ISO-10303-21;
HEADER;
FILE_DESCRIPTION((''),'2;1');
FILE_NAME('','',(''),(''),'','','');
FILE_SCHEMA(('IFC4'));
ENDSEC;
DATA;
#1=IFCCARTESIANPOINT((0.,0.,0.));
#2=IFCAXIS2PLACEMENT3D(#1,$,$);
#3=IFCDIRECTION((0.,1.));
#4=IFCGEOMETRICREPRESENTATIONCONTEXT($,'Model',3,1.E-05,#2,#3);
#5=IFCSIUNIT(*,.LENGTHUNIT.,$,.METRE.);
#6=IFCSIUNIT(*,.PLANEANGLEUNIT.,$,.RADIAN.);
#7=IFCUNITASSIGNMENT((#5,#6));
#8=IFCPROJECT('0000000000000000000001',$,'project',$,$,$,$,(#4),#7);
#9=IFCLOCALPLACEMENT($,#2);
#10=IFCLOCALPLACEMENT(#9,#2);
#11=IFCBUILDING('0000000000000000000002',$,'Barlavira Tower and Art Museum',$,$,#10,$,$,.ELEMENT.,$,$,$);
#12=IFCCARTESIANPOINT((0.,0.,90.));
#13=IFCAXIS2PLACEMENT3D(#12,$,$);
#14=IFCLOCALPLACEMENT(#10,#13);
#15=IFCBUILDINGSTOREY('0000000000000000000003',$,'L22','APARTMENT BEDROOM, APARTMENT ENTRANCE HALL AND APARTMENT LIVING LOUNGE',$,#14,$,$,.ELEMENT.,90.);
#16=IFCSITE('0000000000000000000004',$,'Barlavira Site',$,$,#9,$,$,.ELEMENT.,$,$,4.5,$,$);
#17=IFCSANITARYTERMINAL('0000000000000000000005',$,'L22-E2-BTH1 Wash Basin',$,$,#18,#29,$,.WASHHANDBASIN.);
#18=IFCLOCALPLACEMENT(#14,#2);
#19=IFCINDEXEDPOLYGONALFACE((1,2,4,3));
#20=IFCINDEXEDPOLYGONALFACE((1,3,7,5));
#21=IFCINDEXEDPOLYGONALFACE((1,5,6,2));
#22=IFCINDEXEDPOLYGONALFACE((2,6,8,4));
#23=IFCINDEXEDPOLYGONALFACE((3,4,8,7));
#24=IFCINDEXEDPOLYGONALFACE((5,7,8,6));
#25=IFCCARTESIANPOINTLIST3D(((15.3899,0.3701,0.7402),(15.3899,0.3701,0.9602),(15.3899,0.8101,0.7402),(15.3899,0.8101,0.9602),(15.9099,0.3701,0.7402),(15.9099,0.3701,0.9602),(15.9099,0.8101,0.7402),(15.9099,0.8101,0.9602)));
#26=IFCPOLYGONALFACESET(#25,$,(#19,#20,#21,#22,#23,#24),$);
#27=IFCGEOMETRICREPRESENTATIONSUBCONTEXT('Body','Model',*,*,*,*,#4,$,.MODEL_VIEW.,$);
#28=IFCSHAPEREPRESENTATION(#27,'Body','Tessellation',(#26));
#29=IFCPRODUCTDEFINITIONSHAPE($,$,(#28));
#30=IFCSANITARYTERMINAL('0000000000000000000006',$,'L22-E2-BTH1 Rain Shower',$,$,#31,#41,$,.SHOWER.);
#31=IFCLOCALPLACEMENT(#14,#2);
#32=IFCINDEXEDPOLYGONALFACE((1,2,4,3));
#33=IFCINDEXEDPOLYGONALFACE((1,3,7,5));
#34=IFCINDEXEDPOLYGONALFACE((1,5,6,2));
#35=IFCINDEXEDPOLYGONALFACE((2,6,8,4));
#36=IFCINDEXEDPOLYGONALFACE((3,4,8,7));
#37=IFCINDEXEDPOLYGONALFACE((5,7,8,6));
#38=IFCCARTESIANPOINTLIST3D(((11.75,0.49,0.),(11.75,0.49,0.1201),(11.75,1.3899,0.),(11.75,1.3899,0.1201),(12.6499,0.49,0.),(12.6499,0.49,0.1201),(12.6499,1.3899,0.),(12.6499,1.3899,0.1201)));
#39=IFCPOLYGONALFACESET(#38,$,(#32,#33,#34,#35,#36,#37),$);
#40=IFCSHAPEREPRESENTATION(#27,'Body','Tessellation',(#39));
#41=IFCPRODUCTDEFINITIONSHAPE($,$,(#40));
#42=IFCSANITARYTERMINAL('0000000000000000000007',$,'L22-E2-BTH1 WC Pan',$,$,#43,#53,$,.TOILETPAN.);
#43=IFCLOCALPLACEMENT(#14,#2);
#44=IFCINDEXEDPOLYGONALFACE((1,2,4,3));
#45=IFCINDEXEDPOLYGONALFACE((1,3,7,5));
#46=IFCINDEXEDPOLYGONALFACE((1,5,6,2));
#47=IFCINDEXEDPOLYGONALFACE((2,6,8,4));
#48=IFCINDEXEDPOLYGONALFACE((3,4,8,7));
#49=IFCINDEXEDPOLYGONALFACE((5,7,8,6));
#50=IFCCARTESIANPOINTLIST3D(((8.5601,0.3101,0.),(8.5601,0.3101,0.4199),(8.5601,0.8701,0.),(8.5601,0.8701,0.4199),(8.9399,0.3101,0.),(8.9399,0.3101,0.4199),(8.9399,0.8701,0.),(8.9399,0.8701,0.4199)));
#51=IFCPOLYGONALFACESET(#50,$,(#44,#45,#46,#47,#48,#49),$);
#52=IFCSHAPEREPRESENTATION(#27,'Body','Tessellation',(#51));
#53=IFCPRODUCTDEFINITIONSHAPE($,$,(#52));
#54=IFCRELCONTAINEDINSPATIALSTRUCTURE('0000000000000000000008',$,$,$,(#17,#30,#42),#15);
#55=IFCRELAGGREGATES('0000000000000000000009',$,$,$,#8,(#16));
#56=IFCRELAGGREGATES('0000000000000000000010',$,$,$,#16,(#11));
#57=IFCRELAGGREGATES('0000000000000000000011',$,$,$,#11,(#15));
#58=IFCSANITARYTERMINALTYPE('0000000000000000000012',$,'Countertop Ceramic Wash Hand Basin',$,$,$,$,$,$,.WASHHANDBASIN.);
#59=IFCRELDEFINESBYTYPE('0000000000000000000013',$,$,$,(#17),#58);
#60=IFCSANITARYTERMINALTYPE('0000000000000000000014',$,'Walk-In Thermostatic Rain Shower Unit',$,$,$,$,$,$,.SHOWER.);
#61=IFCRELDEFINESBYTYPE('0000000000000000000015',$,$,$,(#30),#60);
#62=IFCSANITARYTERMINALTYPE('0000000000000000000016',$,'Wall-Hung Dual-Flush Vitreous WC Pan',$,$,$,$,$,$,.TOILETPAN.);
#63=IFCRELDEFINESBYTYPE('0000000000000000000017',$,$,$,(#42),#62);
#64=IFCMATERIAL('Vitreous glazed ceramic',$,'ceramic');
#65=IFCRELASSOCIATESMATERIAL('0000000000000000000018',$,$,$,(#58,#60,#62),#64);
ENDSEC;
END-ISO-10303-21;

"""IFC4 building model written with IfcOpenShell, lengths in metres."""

from ifc_helpers import new_model, si_unit, direction, frame, origin, origin_2d, place, context, subcontext, project, spatial, rectangle, extrude, material, type_object, element, save


model = new_model("IFC4")

# Units and contexts
model_context = context("Model", 3, precision=1e-05, world=origin(), true_north=direction((0.0, 1.0)))
body_context = subcontext(model_context, "Body", "Model", "MODEL_VIEW")
ifc_project = project(units=[si_unit("LENGTHUNIT", "METRE"), si_unit("PLANEANGLEUNIT", "RADIAN")], contexts=[model_context])

# Site, building, storey
site_placement = place(None, origin())
site = spatial("IfcSite", under=ifc_project, at=site_placement, Name="Barlavira Site", CompositionType="ELEMENT", RefElevation=4.5)
building_placement = place(site_placement, origin())
building = spatial("IfcBuilding", under=site, at=building_placement, Name="Barlavira Tower and Art Museum", CompositionType="ELEMENT")
storey_placement = place(building_placement, frame((0.0, 0.0, 90.0)))
storey = spatial("IfcBuildingStorey", under=building, at=storey_placement, Name="L22", Description="APARTMENT BEDROOM, APARTMENT ENTRANCE HALL AND APARTMENT LIVING LOUNGE", CompositionType="ELEMENT", Elevation=90.0)

# Sanitary terminals
ifc_material_1 = material(Name="Vitreous glazed ceramic", Category="ceramic")
sanitary_terminal_type_1 = type_object("IfcSanitaryTerminalType", Name="Countertop Ceramic Wash Hand Basin", PredefinedType="WASHHANDBASIN", material=ifc_material_1)
sanitary_terminal_1_placement = place(storey_placement, frame((15.6499, 0.5901, 0.7402), z_axis=(0.0, 0.0, 1.0), x_axis=(1.0, 0.0, 0.0)))
element("IfcSanitaryTerminal", 1, at=sanitary_terminal_1_placement, inside=storey, type_object=sanitary_terminal_type_1, Name="L22-E2-BTH1 Wash Basin", PredefinedType="WASHHANDBASIN", context=body_context, shape_type="SweptSolid", body=[
    extrude(rectangle(XDim=0.52, YDim=0.4399, at=origin_2d()), origin(), (0.0, 0.0, 1.0), 0.22),
])
sanitary_terminal_type_2 = type_object("IfcSanitaryTerminalType", Name="Walk-In Thermostatic Rain Shower Unit", PredefinedType="SHOWER", material=ifc_material_1)
sanitary_terminal_2_placement = place(storey_placement, frame((12.2, 0.9399, 0.0), z_axis=(0.0, 0.0, 1.0), x_axis=(1.0, 0.0, 0.0)))
element("IfcSanitaryTerminal", 2, at=sanitary_terminal_2_placement, inside=storey, type_object=sanitary_terminal_type_2, Name="L22-E2-BTH1 Rain Shower", PredefinedType="SHOWER", context=body_context, shape_type="SweptSolid", body=[
    extrude(rectangle(XDim=0.8999, YDim=0.8999, at=origin_2d()), origin(), (0.0, 0.0, 1.0), 0.1201),
])
sanitary_terminal_type_3 = type_object("IfcSanitaryTerminalType", Name="Wall-Hung Dual-Flush Vitreous WC Pan", PredefinedType="TOILETPAN", material=ifc_material_1)
sanitary_terminal_3_placement = place(storey_placement, frame((8.75, 0.5901, 0.0), z_axis=(0.0, 0.0, 1.0), x_axis=(1.0, 0.0, 0.0)))
element("IfcSanitaryTerminal", 3, at=sanitary_terminal_3_placement, inside=storey, type_object=sanitary_terminal_type_3, Name="L22-E2-BTH1 WC Pan", PredefinedType="TOILETPAN", context=body_context, shape_type="SweptSolid", body=[
    extrude(rectangle(XDim=0.3799, YDim=0.5601, at=origin_2d()), origin(), (0.0, 0.0, 1.0), 0.4199),
])

save(model, "model.ifc")
